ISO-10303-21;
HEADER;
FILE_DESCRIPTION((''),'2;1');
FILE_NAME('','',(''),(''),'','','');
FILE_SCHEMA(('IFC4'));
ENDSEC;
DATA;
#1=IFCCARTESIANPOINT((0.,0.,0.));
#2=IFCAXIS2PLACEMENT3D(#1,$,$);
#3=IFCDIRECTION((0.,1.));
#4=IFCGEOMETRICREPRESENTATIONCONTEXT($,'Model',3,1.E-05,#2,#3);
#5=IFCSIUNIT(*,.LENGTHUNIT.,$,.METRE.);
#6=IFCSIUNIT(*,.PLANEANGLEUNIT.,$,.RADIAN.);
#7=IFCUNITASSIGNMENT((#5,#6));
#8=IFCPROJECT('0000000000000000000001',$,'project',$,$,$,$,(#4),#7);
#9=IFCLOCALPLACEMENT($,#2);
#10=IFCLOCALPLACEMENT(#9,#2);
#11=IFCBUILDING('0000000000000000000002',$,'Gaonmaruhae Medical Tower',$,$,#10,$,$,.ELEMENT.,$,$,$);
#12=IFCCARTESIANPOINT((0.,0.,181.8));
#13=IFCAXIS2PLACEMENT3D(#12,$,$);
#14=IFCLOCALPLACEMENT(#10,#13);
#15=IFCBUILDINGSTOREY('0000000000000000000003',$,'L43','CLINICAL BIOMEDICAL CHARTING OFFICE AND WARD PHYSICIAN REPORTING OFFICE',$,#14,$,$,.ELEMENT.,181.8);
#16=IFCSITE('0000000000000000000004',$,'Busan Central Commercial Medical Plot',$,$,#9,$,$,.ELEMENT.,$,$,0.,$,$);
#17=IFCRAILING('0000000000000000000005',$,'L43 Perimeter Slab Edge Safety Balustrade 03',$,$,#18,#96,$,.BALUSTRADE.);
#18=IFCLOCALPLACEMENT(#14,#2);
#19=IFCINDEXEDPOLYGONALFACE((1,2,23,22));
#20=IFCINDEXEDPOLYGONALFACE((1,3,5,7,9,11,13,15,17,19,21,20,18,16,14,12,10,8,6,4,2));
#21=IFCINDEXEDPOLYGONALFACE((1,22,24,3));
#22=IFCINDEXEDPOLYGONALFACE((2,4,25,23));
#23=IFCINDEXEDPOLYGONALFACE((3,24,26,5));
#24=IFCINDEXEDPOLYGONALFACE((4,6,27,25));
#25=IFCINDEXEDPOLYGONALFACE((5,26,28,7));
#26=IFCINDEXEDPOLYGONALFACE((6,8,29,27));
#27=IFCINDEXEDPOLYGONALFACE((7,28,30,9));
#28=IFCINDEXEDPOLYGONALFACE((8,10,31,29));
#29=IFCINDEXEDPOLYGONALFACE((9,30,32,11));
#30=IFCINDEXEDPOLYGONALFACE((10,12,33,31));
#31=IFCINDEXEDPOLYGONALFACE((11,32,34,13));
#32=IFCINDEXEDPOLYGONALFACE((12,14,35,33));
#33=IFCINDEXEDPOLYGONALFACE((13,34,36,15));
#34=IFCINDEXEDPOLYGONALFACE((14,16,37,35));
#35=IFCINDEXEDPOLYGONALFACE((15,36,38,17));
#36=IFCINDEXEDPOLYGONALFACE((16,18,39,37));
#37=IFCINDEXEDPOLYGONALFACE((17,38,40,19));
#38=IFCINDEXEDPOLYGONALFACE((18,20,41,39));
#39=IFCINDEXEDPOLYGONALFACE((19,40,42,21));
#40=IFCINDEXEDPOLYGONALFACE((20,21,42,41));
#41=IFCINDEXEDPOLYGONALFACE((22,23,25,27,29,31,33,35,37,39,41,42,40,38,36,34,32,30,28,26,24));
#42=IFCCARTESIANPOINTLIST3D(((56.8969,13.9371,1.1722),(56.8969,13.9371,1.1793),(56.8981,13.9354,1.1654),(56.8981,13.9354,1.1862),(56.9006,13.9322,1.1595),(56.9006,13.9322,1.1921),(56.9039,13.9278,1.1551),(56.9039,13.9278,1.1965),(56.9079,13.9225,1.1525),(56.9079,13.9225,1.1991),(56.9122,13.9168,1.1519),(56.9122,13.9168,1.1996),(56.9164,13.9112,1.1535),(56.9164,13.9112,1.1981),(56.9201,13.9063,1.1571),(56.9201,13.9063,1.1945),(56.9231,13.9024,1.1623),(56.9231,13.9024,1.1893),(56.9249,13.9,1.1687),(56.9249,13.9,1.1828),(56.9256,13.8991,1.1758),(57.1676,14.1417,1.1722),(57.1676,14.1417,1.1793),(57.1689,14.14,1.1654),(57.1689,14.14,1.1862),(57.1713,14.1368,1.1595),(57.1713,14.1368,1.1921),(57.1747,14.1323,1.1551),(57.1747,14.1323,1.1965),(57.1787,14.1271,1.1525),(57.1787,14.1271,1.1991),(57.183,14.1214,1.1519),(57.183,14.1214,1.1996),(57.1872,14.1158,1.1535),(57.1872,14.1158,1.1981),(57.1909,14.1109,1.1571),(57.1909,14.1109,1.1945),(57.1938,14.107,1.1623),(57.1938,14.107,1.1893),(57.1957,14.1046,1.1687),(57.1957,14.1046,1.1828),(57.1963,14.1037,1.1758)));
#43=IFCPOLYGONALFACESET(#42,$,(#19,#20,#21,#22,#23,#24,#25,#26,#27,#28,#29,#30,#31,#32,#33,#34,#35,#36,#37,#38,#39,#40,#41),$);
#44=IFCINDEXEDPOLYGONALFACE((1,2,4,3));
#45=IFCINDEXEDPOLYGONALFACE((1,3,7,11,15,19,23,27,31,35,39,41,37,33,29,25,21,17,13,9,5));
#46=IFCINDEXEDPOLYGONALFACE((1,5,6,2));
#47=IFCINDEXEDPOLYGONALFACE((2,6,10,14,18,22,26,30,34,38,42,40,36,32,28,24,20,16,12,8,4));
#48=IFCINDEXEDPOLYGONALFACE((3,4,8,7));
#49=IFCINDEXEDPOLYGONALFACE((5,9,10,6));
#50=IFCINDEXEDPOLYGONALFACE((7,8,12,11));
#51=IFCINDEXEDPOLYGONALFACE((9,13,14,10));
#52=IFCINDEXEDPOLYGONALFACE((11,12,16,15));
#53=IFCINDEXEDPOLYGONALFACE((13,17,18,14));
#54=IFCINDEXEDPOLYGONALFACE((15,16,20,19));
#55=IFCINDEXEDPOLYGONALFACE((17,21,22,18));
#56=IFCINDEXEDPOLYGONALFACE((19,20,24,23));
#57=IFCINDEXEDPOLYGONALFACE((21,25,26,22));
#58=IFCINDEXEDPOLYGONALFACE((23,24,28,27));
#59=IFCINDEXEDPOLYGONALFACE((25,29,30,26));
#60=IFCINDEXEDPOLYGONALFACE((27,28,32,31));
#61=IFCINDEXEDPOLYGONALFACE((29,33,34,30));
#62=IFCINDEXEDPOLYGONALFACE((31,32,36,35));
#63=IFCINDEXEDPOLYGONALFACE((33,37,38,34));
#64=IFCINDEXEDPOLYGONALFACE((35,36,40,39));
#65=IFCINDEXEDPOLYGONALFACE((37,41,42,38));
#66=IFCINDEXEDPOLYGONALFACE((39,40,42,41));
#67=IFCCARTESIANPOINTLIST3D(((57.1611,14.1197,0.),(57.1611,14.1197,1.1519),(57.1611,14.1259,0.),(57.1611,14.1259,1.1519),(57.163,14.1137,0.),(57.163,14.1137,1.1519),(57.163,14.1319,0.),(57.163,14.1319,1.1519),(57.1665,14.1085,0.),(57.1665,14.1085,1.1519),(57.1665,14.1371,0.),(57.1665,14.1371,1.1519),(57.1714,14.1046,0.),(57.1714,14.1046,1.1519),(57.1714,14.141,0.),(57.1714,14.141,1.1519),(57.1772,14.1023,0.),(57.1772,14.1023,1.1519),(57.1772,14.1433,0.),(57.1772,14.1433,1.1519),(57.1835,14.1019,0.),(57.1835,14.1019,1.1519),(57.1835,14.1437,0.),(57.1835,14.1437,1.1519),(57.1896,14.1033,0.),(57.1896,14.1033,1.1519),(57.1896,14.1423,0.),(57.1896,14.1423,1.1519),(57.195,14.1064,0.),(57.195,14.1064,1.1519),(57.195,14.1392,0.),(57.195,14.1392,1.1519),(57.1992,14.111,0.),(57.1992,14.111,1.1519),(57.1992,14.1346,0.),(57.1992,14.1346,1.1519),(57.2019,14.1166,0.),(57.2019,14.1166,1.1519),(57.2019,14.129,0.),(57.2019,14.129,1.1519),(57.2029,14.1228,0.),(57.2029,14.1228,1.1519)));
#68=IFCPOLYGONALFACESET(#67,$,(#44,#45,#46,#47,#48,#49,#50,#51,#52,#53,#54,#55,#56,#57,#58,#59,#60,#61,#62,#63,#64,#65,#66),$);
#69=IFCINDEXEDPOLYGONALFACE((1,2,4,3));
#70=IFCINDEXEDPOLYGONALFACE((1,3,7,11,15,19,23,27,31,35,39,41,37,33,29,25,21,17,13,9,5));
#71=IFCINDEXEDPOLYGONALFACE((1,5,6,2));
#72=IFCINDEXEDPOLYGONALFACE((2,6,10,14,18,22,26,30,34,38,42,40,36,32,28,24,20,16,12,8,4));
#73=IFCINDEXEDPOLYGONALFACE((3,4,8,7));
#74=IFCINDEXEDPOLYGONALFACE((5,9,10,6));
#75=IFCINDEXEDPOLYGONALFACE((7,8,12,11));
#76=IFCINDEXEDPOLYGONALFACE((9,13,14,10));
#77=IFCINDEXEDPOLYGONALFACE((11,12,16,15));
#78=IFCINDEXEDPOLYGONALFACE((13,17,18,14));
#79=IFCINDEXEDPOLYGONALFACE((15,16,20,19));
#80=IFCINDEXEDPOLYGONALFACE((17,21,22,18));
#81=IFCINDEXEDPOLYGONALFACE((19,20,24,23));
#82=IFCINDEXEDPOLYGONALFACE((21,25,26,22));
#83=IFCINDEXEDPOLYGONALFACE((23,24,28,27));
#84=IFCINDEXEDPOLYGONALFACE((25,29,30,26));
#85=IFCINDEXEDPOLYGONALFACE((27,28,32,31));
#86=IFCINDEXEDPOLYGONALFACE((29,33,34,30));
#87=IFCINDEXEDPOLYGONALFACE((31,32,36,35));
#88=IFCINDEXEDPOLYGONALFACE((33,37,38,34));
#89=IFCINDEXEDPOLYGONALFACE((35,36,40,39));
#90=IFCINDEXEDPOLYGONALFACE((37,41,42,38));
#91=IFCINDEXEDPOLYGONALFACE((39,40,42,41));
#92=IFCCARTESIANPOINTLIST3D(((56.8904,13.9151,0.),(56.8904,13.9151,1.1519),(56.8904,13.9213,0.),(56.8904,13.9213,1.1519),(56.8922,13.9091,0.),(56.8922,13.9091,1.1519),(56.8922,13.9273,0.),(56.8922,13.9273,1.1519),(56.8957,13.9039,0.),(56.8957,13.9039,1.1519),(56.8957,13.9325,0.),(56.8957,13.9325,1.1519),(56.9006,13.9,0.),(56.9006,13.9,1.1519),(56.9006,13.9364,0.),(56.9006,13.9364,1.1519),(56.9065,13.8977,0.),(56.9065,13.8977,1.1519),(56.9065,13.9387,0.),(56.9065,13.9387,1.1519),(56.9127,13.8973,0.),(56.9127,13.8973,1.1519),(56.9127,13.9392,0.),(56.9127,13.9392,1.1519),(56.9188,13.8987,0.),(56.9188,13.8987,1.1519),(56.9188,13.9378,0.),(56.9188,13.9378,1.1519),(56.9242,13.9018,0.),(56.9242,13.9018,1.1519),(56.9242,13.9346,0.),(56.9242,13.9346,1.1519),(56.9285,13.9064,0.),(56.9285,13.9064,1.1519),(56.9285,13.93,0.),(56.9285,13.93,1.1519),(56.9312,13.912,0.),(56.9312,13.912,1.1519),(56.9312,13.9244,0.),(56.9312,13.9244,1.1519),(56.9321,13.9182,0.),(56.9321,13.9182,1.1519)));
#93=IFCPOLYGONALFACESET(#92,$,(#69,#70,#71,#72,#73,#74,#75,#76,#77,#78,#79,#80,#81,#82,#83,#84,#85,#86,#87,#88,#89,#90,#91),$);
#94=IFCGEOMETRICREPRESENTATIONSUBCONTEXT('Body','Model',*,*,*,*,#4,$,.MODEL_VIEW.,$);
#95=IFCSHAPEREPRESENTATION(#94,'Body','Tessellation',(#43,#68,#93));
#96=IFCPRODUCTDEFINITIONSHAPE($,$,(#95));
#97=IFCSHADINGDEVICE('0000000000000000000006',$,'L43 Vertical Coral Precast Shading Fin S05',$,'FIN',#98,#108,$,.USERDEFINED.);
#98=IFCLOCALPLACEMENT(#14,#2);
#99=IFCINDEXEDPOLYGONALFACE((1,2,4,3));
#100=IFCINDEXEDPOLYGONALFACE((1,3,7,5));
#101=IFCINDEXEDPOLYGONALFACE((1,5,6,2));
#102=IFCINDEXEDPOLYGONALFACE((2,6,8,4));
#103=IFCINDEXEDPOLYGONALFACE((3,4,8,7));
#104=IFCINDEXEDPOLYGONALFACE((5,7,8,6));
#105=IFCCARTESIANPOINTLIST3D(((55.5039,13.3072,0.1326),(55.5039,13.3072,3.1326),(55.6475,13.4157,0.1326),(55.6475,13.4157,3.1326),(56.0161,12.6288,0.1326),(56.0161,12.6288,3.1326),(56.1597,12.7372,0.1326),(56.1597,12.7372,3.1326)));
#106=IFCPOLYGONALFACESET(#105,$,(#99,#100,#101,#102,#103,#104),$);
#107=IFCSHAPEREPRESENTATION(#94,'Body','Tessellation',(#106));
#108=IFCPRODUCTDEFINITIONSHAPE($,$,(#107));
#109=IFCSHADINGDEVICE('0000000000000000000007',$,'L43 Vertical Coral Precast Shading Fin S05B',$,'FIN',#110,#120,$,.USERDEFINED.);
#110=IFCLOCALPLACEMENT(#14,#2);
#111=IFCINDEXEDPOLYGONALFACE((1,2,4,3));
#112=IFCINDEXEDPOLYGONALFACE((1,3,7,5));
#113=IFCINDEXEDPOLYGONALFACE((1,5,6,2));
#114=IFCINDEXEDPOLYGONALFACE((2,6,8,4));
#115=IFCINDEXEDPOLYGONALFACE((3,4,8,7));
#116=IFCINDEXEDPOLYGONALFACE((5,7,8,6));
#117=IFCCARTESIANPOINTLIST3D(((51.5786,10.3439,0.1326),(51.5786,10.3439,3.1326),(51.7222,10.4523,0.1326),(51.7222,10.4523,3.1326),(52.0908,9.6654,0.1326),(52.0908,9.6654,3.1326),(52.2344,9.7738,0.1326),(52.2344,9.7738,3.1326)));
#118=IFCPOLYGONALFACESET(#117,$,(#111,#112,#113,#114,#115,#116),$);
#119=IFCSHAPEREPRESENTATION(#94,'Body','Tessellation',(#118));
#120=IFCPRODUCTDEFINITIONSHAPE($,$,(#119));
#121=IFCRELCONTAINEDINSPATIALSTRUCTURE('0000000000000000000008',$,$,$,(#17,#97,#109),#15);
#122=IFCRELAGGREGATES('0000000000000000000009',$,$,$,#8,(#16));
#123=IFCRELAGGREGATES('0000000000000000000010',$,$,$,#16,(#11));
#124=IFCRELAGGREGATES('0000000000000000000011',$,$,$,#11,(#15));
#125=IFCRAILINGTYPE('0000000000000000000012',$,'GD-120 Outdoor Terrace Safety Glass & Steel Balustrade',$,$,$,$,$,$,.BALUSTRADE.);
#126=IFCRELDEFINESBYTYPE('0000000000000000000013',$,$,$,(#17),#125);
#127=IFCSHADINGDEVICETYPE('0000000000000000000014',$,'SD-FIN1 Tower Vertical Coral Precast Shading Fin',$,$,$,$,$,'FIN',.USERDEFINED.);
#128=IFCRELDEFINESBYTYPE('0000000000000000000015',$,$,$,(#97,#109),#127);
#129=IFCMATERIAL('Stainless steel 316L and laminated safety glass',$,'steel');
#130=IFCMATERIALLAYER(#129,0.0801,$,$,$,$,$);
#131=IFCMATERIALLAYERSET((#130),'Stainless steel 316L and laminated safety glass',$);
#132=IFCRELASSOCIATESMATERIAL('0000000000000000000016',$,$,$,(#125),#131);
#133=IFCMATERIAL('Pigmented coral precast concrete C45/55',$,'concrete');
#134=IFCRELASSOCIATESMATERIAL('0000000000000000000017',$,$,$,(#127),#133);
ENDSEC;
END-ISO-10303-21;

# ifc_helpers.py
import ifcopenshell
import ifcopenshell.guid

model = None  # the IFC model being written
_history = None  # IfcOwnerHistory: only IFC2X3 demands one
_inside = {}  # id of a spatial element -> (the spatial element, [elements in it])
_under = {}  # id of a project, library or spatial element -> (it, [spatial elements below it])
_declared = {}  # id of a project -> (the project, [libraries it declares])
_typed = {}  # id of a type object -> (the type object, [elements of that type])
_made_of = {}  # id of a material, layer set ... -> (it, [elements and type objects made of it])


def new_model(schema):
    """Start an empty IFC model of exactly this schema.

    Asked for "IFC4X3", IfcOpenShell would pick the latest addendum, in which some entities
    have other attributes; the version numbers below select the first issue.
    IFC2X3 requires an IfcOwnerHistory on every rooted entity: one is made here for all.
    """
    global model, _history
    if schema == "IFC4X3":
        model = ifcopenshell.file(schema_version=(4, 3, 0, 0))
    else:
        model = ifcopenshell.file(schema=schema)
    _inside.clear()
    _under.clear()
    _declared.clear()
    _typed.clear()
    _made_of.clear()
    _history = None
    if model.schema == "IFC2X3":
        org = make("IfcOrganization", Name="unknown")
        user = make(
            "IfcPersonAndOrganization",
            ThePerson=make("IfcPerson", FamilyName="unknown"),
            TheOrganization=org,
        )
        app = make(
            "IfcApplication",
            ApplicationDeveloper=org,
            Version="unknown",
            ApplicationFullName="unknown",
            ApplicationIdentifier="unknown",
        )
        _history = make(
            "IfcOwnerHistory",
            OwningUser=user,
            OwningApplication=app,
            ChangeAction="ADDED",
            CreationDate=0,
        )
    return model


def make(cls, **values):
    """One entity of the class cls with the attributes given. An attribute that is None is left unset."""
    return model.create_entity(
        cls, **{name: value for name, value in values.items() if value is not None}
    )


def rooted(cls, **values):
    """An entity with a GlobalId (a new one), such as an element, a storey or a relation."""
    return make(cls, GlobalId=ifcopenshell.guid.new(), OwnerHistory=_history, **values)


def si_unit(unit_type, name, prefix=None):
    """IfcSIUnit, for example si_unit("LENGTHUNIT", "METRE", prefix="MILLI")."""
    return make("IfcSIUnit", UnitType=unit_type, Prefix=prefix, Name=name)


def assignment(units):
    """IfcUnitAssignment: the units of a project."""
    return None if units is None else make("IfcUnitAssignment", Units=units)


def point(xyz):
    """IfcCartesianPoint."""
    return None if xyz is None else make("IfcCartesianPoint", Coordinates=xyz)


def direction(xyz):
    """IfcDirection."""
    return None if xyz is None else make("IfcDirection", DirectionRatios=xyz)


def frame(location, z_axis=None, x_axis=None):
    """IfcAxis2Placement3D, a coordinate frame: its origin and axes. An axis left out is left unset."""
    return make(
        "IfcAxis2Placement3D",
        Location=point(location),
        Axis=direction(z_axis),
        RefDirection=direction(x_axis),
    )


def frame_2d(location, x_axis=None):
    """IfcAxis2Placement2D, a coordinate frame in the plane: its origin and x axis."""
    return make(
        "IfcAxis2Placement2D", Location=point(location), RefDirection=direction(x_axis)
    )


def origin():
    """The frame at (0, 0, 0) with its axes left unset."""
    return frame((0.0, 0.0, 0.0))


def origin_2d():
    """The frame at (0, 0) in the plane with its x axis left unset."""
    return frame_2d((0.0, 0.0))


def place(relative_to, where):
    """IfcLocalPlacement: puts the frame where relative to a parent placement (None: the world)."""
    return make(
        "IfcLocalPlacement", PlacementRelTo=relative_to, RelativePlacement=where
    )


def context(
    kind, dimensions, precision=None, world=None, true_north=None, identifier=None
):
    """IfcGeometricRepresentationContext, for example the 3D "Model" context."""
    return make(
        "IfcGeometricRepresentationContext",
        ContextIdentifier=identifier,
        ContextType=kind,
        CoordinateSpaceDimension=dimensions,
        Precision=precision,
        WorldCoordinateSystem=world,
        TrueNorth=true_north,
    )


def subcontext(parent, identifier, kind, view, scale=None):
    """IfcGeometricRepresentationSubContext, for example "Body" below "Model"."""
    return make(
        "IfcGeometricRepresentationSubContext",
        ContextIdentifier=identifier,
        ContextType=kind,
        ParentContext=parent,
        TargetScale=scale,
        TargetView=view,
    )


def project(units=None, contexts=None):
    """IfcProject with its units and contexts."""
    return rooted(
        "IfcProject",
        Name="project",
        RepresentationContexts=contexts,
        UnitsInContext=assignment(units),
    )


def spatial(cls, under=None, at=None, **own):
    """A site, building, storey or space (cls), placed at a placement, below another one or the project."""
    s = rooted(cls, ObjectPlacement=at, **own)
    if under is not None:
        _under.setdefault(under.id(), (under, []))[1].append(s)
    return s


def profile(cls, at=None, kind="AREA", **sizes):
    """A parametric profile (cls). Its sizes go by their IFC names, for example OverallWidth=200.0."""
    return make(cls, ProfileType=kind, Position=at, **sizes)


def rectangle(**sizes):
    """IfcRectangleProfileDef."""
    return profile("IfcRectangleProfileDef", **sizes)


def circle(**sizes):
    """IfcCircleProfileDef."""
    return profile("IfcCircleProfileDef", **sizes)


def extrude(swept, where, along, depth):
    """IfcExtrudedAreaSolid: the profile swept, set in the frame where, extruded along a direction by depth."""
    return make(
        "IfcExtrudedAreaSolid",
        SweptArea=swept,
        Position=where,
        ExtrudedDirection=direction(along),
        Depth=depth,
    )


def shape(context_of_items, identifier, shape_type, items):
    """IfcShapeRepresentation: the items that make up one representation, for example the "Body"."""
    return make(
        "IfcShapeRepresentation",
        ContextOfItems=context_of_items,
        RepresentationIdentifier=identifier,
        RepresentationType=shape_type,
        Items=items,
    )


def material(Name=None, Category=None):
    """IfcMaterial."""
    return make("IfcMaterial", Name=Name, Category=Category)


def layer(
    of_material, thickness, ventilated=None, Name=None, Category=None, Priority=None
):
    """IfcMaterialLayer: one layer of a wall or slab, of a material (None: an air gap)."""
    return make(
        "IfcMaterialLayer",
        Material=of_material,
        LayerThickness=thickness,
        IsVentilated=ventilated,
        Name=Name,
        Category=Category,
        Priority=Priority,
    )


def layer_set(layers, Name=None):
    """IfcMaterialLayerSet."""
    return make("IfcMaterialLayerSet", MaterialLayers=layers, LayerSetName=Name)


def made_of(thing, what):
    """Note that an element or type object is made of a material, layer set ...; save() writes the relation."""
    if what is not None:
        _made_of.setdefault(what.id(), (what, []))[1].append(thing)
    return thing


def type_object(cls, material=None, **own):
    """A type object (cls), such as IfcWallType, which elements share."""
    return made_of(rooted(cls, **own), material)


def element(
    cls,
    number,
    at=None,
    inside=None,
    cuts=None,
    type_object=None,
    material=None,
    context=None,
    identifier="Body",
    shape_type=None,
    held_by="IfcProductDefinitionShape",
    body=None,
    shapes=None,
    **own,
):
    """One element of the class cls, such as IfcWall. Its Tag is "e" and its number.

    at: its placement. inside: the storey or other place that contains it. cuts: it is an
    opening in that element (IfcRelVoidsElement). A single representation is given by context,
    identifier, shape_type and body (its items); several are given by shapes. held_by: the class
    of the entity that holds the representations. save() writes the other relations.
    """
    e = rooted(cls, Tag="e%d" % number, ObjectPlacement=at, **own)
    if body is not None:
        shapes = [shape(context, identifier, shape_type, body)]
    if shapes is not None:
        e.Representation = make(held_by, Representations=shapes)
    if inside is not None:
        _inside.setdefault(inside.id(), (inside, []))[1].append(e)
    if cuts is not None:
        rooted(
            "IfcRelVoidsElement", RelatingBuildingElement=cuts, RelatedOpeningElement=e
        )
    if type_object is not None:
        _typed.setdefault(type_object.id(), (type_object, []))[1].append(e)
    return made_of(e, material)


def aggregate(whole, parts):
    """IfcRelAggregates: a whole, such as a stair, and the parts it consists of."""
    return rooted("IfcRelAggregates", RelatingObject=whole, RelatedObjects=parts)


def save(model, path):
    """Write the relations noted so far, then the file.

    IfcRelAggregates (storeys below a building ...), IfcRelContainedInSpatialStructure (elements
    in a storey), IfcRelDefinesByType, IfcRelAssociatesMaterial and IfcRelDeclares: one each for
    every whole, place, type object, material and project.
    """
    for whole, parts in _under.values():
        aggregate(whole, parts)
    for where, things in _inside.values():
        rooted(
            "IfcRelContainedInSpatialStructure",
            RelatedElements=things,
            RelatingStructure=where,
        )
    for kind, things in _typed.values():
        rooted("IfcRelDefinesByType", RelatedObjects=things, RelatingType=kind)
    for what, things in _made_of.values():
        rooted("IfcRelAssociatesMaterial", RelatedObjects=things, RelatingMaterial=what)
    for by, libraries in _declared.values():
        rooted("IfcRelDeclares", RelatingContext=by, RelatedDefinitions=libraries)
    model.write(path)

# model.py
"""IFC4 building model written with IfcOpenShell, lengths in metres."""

from ifc_helpers import new_model, si_unit, direction, frame, origin, origin_2d, place, context, subcontext, project, spatial, rectangle, circle, extrude, material, layer, layer_set, type_object, element, save


model = new_model("IFC4")

# Units and contexts
model_context = context("Model", 3, precision=1e-05, world=origin(), true_north=direction((0.0, 1.0)))
body_context = subcontext(model_context, "Body", "Model", "MODEL_VIEW")
ifc_project = project(units=[si_unit("LENGTHUNIT", "METRE"), si_unit("PLANEANGLEUNIT", "RADIAN")], contexts=[model_context])

# Site, building, storey
site_placement = place(None, origin())
site = spatial("IfcSite", under=ifc_project, at=site_placement, Name="Busan Central Commercial Medical Plot", CompositionType="ELEMENT", RefElevation=0.0)
building_placement = place(site_placement, origin())
building = spatial("IfcBuilding", under=site, at=building_placement, Name="Gaonmaruhae Medical Tower", CompositionType="ELEMENT")
storey_placement = place(building_placement, frame((0.0, 0.0, 181.8)))
storey = spatial("IfcBuildingStorey", under=building, at=storey_placement, Name="L43", Description="CLINICAL BIOMEDICAL CHARTING OFFICE AND WARD PHYSICIAN REPORTING OFFICE", CompositionType="ELEMENT", Elevation=181.8)

# Railing
ifc_material_1 = material(Name="Stainless steel 316L and laminated safety glass", Category="steel")
ifc_layer_1 = layer(ifc_material_1, 0.0801)
ifc_layer_set_1 = layer_set([ifc_layer_1], Name="Stainless steel 316L and laminated safety glass")
railing_type = type_object("IfcRailingType", Name="GD-120 Outdoor Terrace Safety Glass & Steel Balustrade", PredefinedType="BALUSTRADE", material=ifc_layer_set_1)
railing_placement = place(storey_placement, frame((57.1819, 14.1228, 0.0)))
element("IfcRailing", 1, at=railing_placement, inside=storey, type_object=railing_type, Name="L43 Perimeter Slab Edge Safety Balustrade 03", PredefinedType="BALUSTRADE", context=body_context, shape_type="SweptSolid", body=[
    extrude(circle(Radius=0.0239, at=origin_2d()), frame((0.0, 0.0, 1.1758), z_axis=(-0.797837, -0.602874, 0.0), x_axis=(0.602874, -0.797837, 0.0)), (0.0, 0.0, 1.0), 0.3394),
    extrude(circle(Radius=0.021, at=origin_2d()), origin(), (0.0, 0.0, 1.0), 1.1519),
    extrude(circle(Radius=0.021, at=origin_2d()), frame((-0.2708, -0.2046, 0.0)), (0.0, 0.0, 1.0), 1.1519),
])

# Shading devices
ifc_material_2 = material(Name="Pigmented coral precast concrete C45/55", Category="concrete")
shading_device_type = type_object("IfcShadingDeviceType", Name="SD-FIN1 Tower Vertical Coral Precast Shading Fin", ElementType="FIN", PredefinedType="USERDEFINED", material=ifc_material_2)
for number, where, z_axis, x_axis, name in (
    (2, (55.8318, 13.0222, 0.1326), (0.0, 0.0, 1.0), (-0.79811, -0.602512, 0.0), "L43 Vertical Coral Precast Shading Fin S05"),
    (3, (51.9065, 10.0588, 0.1326), (0.0, 0.0, 1.0), (-0.79811, -0.602512, 0.0), "L43 Vertical Coral Precast Shading Fin S05B"),
):
    element("IfcShadingDevice", number, at=place(storey_placement, frame(where, z_axis=z_axis, x_axis=x_axis)), inside=storey, type_object=shading_device_type, Name=name, ObjectType="FIN", PredefinedType="USERDEFINED", context=body_context, shape_type="SweptSolid", body=[
        extrude(rectangle(XDim=0.1799, YDim=0.8501, at=origin_2d()), origin(), (0.0, 0.0, 1.0), 3.0),
    ])

save(model, "model.ifc")
